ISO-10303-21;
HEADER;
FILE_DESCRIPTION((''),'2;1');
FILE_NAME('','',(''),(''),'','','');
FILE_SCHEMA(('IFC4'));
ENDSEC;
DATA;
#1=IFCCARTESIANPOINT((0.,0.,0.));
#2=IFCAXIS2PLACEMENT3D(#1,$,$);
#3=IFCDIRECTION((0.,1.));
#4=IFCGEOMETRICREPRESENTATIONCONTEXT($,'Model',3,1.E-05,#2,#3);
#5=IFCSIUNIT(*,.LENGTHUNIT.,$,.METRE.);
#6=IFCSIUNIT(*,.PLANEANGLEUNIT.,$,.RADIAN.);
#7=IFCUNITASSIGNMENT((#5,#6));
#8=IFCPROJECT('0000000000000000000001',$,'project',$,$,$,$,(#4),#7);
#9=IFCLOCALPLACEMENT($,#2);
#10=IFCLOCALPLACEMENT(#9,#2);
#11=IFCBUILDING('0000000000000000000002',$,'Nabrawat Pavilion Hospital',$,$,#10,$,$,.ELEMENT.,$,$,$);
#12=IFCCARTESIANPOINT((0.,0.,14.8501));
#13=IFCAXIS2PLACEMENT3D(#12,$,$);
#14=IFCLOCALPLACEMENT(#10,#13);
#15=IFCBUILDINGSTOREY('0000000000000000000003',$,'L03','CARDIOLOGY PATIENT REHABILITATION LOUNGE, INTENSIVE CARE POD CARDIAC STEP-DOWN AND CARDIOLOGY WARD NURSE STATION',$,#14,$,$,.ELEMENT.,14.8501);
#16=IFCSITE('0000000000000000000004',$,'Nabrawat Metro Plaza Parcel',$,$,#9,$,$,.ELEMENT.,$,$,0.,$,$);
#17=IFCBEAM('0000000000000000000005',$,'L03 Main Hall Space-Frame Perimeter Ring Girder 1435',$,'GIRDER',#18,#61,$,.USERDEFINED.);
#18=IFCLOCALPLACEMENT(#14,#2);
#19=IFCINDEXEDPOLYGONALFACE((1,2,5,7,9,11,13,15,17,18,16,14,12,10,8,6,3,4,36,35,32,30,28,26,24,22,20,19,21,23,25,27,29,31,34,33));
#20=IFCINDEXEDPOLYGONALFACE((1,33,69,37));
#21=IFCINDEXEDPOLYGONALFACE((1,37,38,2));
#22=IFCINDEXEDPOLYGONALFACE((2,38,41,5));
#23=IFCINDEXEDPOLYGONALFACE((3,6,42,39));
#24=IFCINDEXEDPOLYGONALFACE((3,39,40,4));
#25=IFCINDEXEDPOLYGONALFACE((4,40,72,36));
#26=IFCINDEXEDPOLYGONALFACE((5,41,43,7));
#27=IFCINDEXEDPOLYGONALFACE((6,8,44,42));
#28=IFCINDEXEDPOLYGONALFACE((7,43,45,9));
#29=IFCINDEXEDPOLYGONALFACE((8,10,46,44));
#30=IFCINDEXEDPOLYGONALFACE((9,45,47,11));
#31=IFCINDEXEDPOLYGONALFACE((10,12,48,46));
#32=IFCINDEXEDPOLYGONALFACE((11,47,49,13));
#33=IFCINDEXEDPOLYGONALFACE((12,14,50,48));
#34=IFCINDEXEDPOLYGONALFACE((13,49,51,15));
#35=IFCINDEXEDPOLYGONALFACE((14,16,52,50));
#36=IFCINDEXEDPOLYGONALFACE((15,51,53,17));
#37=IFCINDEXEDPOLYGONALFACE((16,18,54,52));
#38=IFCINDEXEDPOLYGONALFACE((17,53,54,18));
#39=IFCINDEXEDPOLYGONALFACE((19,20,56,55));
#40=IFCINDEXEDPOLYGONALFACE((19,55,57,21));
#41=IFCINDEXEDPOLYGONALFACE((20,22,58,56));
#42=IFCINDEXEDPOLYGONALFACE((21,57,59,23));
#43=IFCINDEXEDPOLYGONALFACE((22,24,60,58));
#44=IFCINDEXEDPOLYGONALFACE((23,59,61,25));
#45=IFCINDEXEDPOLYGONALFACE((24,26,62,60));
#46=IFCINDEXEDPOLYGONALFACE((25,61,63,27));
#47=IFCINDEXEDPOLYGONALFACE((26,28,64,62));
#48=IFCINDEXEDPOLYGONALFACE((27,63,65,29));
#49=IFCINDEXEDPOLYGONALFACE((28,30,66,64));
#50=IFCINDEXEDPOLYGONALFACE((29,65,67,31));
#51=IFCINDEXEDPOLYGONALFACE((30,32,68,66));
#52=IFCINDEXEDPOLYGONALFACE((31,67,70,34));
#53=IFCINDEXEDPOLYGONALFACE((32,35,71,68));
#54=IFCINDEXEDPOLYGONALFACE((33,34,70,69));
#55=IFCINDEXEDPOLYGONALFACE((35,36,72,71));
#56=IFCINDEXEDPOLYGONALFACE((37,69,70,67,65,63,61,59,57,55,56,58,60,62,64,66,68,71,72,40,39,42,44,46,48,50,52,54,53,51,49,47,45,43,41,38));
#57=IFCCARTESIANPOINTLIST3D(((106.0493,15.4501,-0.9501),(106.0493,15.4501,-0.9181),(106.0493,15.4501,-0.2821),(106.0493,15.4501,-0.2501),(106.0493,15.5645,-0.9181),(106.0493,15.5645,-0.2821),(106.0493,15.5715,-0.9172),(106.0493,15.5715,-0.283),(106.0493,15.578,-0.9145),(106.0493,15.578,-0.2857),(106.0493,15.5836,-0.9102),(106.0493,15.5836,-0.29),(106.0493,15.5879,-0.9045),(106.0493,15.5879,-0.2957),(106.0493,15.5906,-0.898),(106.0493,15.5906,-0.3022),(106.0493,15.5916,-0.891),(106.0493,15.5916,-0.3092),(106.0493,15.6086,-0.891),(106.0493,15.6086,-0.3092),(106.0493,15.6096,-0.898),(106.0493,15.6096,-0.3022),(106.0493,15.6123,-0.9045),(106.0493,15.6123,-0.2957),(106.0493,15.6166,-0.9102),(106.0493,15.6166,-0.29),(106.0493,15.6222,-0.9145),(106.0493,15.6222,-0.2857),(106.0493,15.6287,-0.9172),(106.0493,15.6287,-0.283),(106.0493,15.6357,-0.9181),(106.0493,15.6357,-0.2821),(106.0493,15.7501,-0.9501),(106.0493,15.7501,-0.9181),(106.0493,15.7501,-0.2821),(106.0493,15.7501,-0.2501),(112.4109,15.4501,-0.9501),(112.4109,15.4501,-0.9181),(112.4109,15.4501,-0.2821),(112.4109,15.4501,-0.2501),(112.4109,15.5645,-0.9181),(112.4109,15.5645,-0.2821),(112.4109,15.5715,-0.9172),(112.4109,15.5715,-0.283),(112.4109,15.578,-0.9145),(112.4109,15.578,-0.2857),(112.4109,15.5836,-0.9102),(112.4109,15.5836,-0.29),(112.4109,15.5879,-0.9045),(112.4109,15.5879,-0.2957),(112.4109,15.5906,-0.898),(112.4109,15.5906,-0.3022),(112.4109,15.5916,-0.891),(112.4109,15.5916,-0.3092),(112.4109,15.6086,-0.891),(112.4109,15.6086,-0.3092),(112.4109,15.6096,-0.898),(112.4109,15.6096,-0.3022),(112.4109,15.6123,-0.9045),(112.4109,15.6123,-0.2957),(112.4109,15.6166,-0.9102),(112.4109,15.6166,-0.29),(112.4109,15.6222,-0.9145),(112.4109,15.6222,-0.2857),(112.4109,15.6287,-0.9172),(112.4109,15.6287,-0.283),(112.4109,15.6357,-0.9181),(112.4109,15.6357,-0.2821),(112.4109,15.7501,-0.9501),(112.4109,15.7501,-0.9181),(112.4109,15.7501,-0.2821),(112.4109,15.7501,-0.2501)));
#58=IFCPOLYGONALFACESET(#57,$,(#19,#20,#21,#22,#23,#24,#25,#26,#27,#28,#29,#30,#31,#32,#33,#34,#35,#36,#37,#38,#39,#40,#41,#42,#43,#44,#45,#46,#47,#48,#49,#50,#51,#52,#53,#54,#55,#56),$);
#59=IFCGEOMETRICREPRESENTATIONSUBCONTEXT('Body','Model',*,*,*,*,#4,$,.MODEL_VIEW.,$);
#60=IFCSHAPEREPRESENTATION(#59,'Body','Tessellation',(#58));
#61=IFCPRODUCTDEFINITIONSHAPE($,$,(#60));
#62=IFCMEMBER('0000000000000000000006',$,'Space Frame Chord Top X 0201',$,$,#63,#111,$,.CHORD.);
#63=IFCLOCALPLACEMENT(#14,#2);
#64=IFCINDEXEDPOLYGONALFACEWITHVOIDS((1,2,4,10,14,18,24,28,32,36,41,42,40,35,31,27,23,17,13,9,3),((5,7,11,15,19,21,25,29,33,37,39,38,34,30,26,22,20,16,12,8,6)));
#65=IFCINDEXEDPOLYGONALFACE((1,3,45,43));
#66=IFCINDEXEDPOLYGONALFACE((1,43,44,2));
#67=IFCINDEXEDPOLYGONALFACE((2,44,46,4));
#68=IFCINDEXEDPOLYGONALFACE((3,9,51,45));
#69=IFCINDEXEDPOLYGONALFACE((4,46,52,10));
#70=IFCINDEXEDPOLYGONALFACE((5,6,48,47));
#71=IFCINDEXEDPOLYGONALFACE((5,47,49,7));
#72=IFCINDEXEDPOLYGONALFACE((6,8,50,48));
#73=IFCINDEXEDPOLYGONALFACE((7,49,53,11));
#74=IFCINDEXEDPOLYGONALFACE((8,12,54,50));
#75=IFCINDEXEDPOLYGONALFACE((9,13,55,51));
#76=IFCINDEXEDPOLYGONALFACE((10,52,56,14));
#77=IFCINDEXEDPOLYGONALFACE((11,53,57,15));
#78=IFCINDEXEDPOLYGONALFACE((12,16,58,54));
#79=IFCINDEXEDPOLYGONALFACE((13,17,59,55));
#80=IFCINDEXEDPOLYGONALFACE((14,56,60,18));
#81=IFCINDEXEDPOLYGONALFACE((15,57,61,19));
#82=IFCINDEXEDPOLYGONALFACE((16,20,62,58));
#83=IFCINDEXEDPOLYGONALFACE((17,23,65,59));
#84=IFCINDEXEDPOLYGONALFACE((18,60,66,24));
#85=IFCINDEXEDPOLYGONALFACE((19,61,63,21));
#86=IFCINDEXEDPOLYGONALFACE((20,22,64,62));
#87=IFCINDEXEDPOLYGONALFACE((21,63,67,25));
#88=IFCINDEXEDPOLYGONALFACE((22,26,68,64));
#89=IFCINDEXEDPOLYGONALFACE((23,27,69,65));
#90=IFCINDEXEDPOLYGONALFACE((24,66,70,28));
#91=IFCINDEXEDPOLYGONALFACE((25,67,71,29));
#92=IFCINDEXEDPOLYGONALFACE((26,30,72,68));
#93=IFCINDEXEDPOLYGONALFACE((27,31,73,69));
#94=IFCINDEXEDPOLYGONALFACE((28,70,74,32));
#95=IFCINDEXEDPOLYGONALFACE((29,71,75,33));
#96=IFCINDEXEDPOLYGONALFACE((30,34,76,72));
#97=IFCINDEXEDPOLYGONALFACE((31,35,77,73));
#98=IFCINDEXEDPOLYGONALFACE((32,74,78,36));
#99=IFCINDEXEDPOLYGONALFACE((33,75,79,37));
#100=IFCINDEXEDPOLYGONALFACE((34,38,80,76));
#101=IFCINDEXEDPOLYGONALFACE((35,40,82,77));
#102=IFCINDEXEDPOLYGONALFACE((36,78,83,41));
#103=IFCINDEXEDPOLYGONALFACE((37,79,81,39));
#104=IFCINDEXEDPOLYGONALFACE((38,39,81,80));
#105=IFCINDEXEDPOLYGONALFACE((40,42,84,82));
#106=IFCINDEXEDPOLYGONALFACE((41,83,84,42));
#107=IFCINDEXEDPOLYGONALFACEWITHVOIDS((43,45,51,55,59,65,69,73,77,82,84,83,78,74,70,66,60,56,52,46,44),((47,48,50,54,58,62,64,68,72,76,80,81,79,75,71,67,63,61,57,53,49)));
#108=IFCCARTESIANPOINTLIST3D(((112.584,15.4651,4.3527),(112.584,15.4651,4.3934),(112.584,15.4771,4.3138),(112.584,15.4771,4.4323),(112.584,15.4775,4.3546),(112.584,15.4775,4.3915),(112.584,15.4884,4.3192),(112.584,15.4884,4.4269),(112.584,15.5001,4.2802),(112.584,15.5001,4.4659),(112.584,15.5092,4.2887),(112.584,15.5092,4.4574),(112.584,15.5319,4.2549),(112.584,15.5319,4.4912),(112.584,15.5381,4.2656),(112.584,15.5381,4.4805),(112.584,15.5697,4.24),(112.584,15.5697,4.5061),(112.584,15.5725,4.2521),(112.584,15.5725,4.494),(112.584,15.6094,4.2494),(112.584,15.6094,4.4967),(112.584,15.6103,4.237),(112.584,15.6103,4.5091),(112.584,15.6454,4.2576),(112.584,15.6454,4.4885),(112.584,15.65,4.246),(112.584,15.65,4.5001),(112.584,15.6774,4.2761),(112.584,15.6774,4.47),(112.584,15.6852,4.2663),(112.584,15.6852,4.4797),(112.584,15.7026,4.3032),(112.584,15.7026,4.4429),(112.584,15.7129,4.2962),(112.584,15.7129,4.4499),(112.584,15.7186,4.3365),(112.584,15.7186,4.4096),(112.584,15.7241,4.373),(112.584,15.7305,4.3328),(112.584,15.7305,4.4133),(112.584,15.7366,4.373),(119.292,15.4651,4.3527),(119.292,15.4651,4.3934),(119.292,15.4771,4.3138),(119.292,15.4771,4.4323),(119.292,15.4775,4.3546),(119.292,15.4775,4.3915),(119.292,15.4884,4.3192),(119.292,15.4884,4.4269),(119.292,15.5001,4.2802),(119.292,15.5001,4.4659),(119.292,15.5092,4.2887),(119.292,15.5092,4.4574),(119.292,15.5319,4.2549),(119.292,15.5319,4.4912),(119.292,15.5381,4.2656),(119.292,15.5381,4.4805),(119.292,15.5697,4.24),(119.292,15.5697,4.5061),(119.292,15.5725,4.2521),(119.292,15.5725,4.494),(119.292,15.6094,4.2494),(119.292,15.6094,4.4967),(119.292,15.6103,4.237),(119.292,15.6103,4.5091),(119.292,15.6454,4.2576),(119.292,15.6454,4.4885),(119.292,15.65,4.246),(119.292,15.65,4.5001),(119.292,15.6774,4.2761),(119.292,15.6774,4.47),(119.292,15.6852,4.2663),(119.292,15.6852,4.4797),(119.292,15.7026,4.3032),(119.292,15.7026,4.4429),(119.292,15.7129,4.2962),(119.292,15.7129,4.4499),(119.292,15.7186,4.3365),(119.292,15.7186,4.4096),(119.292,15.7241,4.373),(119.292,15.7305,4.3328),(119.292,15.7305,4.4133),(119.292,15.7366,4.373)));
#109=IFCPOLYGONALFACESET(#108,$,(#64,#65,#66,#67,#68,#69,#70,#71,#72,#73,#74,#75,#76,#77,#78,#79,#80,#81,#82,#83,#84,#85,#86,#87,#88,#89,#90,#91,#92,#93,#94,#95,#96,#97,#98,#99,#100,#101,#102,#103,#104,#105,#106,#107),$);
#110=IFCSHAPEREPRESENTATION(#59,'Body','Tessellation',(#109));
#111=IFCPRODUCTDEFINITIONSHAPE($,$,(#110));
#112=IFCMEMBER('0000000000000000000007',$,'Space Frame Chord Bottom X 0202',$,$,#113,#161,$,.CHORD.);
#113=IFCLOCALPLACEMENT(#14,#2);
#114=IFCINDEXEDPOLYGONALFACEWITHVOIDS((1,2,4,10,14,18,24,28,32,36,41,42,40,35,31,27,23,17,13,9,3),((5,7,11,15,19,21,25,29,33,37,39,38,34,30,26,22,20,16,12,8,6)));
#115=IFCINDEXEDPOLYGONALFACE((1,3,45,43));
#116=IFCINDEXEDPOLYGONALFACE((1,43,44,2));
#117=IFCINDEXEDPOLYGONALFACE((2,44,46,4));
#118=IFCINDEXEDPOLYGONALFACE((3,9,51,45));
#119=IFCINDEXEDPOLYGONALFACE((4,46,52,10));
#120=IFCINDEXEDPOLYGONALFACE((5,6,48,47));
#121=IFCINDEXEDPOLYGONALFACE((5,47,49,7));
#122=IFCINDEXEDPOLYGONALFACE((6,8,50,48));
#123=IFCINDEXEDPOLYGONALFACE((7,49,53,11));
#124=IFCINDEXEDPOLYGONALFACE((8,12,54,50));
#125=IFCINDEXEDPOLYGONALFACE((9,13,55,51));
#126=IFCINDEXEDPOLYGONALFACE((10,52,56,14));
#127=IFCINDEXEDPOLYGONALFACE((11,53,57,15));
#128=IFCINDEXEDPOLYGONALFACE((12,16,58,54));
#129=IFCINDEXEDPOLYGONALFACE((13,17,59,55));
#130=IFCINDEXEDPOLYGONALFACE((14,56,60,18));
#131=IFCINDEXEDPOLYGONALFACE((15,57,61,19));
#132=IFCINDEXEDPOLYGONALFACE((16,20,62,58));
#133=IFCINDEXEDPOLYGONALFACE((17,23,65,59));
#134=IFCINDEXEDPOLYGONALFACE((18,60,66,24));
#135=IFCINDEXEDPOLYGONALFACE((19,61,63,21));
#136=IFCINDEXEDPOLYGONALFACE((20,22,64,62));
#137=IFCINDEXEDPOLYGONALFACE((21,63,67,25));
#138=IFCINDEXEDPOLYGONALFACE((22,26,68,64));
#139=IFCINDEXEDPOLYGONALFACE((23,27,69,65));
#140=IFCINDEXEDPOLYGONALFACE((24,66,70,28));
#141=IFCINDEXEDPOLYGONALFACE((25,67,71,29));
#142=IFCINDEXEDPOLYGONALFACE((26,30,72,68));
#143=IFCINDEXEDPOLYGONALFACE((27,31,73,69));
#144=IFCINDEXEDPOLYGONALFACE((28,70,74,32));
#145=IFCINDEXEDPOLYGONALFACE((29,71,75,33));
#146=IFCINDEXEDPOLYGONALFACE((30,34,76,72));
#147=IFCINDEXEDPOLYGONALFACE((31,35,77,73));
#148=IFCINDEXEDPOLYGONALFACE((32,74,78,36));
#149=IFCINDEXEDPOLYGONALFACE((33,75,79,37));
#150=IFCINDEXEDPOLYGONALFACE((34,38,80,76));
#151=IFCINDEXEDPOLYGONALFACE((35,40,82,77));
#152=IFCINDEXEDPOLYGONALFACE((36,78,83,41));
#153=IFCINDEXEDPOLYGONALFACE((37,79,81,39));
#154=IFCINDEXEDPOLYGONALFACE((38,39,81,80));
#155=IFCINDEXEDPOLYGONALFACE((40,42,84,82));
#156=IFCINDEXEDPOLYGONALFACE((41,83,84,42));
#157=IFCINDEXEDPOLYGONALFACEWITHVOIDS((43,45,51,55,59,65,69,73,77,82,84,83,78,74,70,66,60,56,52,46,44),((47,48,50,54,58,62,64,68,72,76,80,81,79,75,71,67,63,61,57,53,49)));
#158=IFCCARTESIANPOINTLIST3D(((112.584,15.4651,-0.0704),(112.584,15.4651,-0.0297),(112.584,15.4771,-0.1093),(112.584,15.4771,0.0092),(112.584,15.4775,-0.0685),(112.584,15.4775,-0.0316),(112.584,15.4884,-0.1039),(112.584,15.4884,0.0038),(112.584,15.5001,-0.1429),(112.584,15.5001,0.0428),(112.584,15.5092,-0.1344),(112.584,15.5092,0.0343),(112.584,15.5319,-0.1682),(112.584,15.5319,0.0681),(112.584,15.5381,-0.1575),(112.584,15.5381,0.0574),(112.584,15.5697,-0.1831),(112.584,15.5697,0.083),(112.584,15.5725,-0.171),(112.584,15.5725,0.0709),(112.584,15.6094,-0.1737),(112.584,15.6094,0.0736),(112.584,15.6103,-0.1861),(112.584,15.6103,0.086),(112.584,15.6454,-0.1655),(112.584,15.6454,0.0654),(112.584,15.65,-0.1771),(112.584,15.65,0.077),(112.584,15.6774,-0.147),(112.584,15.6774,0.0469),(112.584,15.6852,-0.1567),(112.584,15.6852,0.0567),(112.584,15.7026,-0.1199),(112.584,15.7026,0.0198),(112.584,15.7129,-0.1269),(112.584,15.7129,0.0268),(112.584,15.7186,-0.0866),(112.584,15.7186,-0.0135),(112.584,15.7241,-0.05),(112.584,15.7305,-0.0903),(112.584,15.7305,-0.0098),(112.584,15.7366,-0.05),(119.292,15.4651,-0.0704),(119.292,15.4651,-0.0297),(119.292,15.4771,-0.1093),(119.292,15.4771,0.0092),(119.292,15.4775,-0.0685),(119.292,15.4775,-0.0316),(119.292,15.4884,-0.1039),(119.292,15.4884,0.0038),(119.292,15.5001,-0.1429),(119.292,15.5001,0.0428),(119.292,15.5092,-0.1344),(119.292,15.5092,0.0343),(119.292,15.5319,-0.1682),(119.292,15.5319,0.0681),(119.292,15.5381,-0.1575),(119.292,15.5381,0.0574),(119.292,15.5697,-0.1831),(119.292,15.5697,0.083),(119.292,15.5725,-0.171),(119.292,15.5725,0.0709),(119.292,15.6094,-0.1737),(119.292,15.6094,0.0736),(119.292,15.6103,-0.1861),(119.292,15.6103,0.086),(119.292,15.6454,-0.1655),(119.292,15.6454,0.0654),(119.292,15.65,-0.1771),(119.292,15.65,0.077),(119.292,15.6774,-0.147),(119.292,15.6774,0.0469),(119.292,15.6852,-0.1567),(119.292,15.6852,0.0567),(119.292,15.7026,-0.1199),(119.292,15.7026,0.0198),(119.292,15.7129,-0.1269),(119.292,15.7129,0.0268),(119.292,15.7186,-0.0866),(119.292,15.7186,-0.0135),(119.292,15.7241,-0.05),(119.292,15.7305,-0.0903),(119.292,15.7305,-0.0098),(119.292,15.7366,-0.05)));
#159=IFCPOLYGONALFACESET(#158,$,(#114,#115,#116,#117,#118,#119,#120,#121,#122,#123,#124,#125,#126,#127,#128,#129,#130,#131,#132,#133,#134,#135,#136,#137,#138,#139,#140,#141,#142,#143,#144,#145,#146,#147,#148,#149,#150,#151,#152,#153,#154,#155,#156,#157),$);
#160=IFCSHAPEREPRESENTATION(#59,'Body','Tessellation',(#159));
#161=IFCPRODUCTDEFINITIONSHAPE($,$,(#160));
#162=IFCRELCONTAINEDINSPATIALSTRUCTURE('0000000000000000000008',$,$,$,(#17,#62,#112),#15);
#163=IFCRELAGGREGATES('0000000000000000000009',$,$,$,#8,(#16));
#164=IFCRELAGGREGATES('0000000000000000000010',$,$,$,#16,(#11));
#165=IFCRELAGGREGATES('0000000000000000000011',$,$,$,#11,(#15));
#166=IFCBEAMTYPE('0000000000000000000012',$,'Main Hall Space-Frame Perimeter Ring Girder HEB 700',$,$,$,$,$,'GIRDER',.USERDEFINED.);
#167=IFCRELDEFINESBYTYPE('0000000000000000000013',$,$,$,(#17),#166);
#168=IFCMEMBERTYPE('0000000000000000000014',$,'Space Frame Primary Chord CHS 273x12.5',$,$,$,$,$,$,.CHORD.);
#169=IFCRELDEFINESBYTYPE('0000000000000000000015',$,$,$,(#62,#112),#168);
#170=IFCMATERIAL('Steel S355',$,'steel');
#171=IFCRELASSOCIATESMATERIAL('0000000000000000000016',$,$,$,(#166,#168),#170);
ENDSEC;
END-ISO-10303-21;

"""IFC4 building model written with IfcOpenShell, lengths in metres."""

from ifc_helpers import new_model, si_unit, direction, frame, origin, origin_2d, place, context, subcontext, project, spatial, hollow_circle, i_section, extrude, material, material_profile, profile_set, type_object, element, save


model = new_model("IFC4")

# Units and contexts
model_context = context("Model", 3, precision=1e-05, world=origin(), true_north=direction((0.0, 1.0)))
body_context = subcontext(model_context, "Body", "Model", "MODEL_VIEW")
ifc_project = project(units=[si_unit("LENGTHUNIT", "METRE"), si_unit("PLANEANGLEUNIT", "RADIAN")], contexts=[model_context])

# Site, building, storey
site_placement = place(None, origin())
site = spatial("IfcSite", under=ifc_project, at=site_placement, Name="Nabrawat Metro Plaza Parcel", CompositionType="ELEMENT", RefElevation=0.0)
building_placement = place(site_placement, origin())
building = spatial("IfcBuilding", under=site, at=building_placement, Name="Nabrawat Pavilion Hospital", CompositionType="ELEMENT")
storey_placement = place(building_placement, frame((0.0, 0.0, 14.8501)))
storey = spatial("IfcBuildingStorey", under=building, at=storey_placement, Name="L03", Description="CARDIOLOGY PATIENT REHABILITATION LOUNGE, INTENSIVE CARE POD CARDIAC STEP-DOWN AND CARDIOLOGY WARD NURSE STATION", CompositionType="ELEMENT", Elevation=14.8501)

# Beam
ifc_material = material(Name="Steel S355", Category="steel")
ifc_material_profile_1 = material_profile(ifc_material, i_section(OverallWidth=0.3, OverallDepth=0.7, WebThickness=0.0171, FlangeThickness=0.032, FilletRadius=0.0271, at=origin_2d()), Name="HEB 700")
ifc_profile_set_1 = profile_set([ifc_material_profile_1], Name="Steel S355")
beam_type = type_object("IfcBeamType", Name="Main Hall Space-Frame Perimeter Ring Girder HEB 700", ElementType="GIRDER", PredefinedType="USERDEFINED", material=ifc_profile_set_1)
beam_placement = place(storey_placement, frame((106.0493, 15.6001, -0.6001), z_axis=(1.0, 0.0, 0.0), x_axis=(0.0, 1.0, 0.0)))
element("IfcBeam", 1, at=beam_placement, inside=storey, type_object=beam_type, Name="L03 Main Hall Space-Frame Perimeter Ring Girder 1435", ObjectType="GIRDER", PredefinedType="USERDEFINED", context=body_context, shape_type="SweptSolid", body=[
    extrude(i_section(OverallWidth=0.3, OverallDepth=0.7, WebThickness=0.0171, FlangeThickness=0.032, FilletRadius=0.0271, at=origin_2d()), origin(), (0.0, 0.0, 1.0), 6.3616),
])

# Members
ifc_material_profile_2 = material_profile(ifc_material, hollow_circle(Radius=0.1365, WallThickness=0.0125, at=origin_2d()), Name="CHS 273x12.5")
ifc_profile_set_2 = profile_set([ifc_material_profile_2], Name="Steel S355")
member_type_1 = type_object("IfcMemberType", Name="Space Frame Primary Chord CHS 273x12.5", PredefinedType="CHORD", material=ifc_profile_set_2)
for number, where, z_axis, x_axis, name in (
    (2, (112.584, 15.6001, 4.373), (1.0, 0.0, 0.0), (0.0, 1.0, 0.0), "Space Frame Chord Top X 0201"),
    (3, (112.584, 15.6001, -0.05), (1.0, 0.0, 0.0), (0.0, 1.0, 0.0), "Space Frame Chord Bottom X 0202"),
):
    element("IfcMember", number, at=place(storey_placement, frame(where, z_axis=z_axis, x_axis=x_axis)), inside=storey, type_object=member_type_1, Name=name, PredefinedType="CHORD", context=body_context, shape_type="SweptSolid", body=[
        extrude(hollow_circle(Radius=0.1365, WallThickness=0.0125, at=origin_2d()), origin(), (0.0, 0.0, 1.0), 6.708),
    ])

save(model, "model.ifc")
